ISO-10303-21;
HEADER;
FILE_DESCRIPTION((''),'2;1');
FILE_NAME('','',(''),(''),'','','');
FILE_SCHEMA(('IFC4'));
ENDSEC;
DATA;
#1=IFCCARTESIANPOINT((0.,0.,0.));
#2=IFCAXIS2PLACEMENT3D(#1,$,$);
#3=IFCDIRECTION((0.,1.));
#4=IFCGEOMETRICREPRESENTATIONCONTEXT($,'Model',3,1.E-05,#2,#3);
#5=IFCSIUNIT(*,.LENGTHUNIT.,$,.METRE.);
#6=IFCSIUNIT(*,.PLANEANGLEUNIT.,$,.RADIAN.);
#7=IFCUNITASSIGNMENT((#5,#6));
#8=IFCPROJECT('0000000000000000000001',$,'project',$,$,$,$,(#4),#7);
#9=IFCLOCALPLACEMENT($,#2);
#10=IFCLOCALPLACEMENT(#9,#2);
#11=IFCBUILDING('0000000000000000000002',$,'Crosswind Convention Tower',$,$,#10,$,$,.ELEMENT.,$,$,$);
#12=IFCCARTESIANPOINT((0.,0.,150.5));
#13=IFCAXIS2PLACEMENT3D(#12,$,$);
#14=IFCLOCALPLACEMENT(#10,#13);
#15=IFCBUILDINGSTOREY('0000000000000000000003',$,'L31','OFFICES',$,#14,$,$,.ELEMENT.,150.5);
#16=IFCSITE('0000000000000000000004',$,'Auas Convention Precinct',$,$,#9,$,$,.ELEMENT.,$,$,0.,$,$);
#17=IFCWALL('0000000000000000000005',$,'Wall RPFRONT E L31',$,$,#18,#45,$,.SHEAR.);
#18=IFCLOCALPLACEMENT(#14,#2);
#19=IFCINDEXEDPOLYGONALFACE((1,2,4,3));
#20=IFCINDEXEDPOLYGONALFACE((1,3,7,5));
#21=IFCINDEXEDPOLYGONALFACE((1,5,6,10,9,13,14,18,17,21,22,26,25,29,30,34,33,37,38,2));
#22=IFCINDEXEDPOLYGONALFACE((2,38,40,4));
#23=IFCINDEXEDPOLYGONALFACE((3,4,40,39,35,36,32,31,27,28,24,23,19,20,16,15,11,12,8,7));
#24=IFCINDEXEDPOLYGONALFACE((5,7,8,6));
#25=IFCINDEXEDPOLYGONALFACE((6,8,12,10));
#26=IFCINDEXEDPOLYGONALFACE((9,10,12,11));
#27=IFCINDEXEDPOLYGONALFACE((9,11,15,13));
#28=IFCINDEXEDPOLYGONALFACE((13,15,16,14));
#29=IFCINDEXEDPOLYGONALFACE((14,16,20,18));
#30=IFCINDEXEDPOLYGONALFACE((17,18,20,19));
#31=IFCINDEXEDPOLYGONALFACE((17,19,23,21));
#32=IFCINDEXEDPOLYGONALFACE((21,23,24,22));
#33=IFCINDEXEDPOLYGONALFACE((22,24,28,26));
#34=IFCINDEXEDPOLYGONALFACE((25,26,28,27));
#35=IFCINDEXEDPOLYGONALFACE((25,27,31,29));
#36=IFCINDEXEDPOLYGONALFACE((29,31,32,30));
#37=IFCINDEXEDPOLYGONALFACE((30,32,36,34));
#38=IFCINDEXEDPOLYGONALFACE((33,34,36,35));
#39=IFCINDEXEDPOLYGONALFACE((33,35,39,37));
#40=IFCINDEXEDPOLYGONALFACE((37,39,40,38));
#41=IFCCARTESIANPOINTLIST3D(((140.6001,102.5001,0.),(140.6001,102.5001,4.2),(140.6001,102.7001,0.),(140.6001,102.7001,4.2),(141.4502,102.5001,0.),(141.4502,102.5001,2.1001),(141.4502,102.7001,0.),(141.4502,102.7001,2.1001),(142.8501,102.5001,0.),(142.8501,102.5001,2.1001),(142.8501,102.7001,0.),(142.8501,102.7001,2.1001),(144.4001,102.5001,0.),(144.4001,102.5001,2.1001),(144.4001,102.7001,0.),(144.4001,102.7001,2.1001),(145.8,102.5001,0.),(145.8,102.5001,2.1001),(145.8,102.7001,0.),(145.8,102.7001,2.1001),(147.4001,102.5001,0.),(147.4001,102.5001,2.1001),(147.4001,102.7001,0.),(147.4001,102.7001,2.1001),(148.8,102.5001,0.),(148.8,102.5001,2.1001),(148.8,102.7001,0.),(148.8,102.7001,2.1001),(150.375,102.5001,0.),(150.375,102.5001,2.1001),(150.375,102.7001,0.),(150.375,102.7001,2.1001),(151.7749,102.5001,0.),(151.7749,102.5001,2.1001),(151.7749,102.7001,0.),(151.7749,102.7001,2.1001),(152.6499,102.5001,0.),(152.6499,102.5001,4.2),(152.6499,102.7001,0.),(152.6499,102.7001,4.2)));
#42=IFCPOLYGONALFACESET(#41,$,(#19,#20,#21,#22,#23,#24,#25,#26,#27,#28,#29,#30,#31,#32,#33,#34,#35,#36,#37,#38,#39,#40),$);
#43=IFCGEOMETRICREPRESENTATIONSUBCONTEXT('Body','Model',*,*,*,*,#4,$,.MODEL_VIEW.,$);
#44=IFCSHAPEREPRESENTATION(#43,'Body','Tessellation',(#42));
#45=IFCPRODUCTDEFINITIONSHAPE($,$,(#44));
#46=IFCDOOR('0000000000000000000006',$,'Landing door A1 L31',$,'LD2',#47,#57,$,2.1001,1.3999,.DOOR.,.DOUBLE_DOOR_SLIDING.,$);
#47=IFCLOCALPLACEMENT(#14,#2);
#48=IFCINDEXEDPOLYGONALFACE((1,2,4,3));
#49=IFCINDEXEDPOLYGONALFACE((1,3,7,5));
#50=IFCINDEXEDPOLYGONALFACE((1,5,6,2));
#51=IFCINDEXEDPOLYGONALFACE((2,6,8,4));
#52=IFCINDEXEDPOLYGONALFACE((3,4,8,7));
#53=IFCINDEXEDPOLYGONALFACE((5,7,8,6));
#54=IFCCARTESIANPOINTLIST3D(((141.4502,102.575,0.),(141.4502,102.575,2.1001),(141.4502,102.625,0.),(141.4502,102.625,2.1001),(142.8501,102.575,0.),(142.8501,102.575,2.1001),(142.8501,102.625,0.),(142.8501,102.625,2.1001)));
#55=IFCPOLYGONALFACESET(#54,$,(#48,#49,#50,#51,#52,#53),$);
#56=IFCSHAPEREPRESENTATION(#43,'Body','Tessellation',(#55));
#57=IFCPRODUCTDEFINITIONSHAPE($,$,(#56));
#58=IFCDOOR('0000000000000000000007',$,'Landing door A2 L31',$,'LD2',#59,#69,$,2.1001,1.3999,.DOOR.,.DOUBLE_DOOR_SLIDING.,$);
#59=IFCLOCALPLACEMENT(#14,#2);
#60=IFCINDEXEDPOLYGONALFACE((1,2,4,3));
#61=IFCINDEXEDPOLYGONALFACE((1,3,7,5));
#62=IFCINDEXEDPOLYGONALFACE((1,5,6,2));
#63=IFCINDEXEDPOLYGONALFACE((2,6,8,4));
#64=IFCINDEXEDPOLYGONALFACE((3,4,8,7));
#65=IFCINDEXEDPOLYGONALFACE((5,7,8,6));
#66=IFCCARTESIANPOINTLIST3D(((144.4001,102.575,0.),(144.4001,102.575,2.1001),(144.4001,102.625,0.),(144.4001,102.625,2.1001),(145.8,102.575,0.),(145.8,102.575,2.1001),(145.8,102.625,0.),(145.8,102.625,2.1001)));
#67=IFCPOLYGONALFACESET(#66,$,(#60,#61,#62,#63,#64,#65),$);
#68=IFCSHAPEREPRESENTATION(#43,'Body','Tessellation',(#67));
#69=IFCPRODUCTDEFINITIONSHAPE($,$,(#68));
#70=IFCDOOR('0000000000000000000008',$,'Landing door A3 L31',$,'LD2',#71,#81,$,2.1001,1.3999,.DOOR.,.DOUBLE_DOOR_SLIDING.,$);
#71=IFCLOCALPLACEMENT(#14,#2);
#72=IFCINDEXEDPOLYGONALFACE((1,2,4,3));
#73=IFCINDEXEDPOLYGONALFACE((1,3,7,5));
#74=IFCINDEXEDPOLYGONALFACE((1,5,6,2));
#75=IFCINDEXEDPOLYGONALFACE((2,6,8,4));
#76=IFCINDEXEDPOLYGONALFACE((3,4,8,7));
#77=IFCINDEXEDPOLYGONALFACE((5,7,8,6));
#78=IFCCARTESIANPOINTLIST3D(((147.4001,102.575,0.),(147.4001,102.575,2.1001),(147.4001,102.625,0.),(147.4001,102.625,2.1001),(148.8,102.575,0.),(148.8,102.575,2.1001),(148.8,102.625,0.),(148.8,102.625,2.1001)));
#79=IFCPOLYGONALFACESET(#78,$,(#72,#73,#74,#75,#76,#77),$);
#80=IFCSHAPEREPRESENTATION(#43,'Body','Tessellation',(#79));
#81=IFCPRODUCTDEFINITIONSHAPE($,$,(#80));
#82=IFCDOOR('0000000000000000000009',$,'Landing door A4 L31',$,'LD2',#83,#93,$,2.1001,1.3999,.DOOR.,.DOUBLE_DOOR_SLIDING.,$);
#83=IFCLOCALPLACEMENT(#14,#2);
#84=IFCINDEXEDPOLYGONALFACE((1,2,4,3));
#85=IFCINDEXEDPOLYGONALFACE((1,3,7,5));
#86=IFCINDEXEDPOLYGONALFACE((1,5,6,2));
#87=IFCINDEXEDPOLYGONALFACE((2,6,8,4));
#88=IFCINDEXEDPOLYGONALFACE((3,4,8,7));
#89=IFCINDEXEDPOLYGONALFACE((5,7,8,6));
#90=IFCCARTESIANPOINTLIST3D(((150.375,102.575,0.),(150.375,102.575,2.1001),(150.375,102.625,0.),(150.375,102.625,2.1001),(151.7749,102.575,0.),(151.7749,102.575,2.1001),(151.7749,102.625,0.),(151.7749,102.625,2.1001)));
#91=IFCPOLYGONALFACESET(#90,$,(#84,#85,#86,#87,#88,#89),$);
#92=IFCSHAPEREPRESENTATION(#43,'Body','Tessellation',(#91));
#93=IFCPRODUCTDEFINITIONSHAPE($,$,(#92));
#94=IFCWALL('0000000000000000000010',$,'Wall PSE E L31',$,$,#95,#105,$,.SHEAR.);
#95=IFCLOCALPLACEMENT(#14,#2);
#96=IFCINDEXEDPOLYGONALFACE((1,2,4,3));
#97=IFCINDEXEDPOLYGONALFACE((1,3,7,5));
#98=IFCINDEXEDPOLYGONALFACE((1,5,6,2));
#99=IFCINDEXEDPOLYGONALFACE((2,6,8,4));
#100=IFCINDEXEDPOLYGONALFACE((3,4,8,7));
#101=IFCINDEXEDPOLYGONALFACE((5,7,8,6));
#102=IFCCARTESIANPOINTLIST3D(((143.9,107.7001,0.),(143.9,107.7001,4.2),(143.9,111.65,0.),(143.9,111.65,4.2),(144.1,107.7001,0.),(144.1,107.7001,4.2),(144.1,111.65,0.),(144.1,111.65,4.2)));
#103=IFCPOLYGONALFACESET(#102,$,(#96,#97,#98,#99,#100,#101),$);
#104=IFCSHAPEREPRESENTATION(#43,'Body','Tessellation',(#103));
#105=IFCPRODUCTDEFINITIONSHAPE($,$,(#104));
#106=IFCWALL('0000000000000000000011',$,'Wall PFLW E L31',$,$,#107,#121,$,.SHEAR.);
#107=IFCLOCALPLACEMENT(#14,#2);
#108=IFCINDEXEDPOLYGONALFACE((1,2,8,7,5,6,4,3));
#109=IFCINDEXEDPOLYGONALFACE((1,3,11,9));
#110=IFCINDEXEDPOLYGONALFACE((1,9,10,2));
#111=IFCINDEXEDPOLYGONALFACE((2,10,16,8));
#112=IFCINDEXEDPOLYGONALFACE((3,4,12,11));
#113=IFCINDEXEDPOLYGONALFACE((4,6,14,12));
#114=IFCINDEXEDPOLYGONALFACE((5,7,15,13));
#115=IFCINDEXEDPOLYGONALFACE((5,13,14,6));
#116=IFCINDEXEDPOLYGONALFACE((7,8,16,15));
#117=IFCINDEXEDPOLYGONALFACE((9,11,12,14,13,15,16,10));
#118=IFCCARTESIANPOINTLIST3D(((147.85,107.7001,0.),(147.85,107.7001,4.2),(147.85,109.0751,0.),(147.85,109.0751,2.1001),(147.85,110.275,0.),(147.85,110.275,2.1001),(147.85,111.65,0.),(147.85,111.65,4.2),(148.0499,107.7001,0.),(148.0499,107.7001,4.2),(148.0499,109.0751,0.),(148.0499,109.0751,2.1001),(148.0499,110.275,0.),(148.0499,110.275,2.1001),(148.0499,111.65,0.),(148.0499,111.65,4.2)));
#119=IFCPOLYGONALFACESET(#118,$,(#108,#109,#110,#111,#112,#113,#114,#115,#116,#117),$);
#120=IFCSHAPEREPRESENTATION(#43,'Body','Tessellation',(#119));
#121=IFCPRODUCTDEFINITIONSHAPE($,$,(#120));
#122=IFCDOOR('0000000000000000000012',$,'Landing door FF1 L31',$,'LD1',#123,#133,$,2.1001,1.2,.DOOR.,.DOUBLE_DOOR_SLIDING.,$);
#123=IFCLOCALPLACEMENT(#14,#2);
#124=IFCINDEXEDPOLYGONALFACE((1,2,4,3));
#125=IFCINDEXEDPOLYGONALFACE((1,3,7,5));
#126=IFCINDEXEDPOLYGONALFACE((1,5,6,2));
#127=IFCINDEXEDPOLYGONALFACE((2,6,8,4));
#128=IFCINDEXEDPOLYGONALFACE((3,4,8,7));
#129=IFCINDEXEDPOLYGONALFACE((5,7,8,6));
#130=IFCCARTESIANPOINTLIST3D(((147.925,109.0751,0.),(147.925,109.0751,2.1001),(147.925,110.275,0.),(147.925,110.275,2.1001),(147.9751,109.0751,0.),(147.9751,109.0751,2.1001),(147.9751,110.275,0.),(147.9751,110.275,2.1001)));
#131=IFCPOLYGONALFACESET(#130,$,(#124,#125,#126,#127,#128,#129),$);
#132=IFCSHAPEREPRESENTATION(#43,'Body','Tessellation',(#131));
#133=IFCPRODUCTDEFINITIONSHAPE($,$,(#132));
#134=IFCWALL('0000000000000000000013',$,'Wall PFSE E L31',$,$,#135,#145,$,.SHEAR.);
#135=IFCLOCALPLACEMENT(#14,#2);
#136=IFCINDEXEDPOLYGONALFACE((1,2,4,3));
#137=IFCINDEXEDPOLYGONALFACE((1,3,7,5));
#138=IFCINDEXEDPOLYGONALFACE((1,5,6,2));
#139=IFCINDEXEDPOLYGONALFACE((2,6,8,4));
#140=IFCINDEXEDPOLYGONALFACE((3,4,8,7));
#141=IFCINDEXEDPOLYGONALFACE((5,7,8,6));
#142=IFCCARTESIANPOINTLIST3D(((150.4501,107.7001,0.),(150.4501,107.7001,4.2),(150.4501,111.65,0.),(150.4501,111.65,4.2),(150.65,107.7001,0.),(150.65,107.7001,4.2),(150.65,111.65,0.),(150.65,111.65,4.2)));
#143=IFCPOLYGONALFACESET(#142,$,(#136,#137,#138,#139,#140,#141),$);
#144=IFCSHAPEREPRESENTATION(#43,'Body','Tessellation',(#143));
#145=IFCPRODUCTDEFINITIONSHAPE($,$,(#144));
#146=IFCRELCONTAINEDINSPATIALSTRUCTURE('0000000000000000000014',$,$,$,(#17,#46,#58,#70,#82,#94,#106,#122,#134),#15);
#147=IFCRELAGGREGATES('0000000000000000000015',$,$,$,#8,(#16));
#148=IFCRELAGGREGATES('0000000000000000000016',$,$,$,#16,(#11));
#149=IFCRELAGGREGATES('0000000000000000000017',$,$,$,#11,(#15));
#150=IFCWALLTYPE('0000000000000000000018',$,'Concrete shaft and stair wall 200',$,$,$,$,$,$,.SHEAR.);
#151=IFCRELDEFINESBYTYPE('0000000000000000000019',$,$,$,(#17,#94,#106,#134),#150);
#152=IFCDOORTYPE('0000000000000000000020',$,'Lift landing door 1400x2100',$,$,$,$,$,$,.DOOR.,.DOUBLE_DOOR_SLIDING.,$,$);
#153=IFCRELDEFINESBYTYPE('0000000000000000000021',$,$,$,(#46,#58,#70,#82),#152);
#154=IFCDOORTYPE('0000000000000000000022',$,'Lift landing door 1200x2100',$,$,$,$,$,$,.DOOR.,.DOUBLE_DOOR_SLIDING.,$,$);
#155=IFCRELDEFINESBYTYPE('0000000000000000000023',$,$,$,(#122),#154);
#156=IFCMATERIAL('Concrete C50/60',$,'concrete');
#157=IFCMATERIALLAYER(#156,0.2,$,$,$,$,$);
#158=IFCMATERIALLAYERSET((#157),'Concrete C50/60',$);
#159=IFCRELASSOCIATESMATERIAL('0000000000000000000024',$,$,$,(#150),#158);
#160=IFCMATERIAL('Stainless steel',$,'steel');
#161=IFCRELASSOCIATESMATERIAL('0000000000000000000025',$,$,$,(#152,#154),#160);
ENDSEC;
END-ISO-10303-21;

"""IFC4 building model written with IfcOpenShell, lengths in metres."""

from ifc_helpers import new_model, si_unit, direction, frame, frame_2d, origin, place, context, subcontext, project, spatial, rectangle, extrude, material, layer, layer_set, type_object, element, fill, save


model = new_model("IFC4")

# Units and contexts
model_context = context("Model", 3, precision=1e-05, world=origin(), true_north=direction((0.0, 1.0)))
body_context = subcontext(model_context, "Body", "Model", "MODEL_VIEW")
ifc_project = project(units=[si_unit("LENGTHUNIT", "METRE"), si_unit("PLANEANGLEUNIT", "RADIAN")], contexts=[model_context])

# Site, building, storey
site_placement = place(None, origin())
site = spatial("IfcSite", under=ifc_project, at=site_placement, Name="Auas Convention Precinct", CompositionType="ELEMENT", RefElevation=0.0)
building_placement = place(site_placement, origin())
building = spatial("IfcBuilding", under=site, at=building_placement, Name="Crosswind Convention Tower", CompositionType="ELEMENT")
storey_placement = place(building_placement, frame((0.0, 0.0, 150.5)))
storey = spatial("IfcBuildingStorey", under=building, at=storey_placement, Name="L31", Description="OFFICES", CompositionType="ELEMENT", Elevation=150.5)

# Shared definitions
ifc_material_1 = material(Name="Concrete C50/60", Category="concrete")
ifc_layer_1 = layer(ifc_material_1, 0.2)
ifc_layer_set_1 = layer_set([ifc_layer_1], Name="Concrete C50/60")
wall_type_1 = type_object("IfcWallType", Name="Concrete shaft and stair wall 200", PredefinedType="SHEAR", material=ifc_layer_set_1)

# Wall, openings, doors
wall_1_placement = place(storey_placement, frame((140.6001, 102.6001, 0.0), z_axis=(0.0, 0.0, 1.0), x_axis=(1.0, 0.0, 0.0)))
wall_1 = element("IfcWall", 1, at=wall_1_placement, inside=storey, type_object=wall_type_1, Name="Wall RPFRONT E L31", PredefinedType="SHEAR", context=body_context, shape_type="SweptSolid", body=[
    extrude(rectangle(XDim=12.0498, YDim=0.2, at=frame_2d((6.0249, 0.0))), origin(), (0.0, 0.0, 1.0), 4.2),
])
opening_1_placement = place(wall_1_placement, frame((0.8501, 0.0, 0.0)))
opening_1 = element("IfcOpeningElement", 2, at=opening_1_placement, cuts=wall_1, PredefinedType="OPENING", context=body_context, shape_type="SweptSolid", body=[
    extrude(rectangle(XDim=1.3999, YDim=2.1001, at=frame_2d((0.7, 1.05))), frame((0.0, 0.1099, 0.0), z_axis=(0.0, -1.0, 0.0), x_axis=(1.0, 0.0, 0.0)), (0.0, 0.0, 1.0), 0.22),
])
opening_2_placement = place(wall_1_placement, frame((3.8, 0.0, 0.0)))
opening_2 = element("IfcOpeningElement", 3, at=opening_2_placement, cuts=wall_1, PredefinedType="OPENING", context=body_context, shape_type="SweptSolid", body=[
    extrude(rectangle(XDim=1.3999, YDim=2.1001, at=frame_2d((0.7, 1.05))), frame((0.0, 0.1099, 0.0), z_axis=(0.0, -1.0, 0.0), x_axis=(1.0, 0.0, 0.0)), (0.0, 0.0, 1.0), 0.22),
])
opening_3_placement = place(wall_1_placement, frame((6.8, 0.0, 0.0)))
opening_3 = element("IfcOpeningElement", 4, at=opening_3_placement, cuts=wall_1, PredefinedType="OPENING", context=body_context, shape_type="SweptSolid", body=[
    extrude(rectangle(XDim=1.3999, YDim=2.1001, at=frame_2d((0.7, 1.05))), frame((0.0, 0.1099, 0.0), z_axis=(0.0, -1.0, 0.0), x_axis=(1.0, 0.0, 0.0)), (0.0, 0.0, 1.0), 0.22),
])
opening_4_placement = place(wall_1_placement, frame((9.7749, 0.0, 0.0)))
opening_4 = element("IfcOpeningElement", 5, at=opening_4_placement, cuts=wall_1, PredefinedType="OPENING", context=body_context, shape_type="SweptSolid", body=[
    extrude(rectangle(XDim=1.3999, YDim=2.1001, at=frame_2d((0.7, 1.05))), frame((0.0, 0.1099, 0.0), z_axis=(0.0, -1.0, 0.0), x_axis=(1.0, 0.0, 0.0)), (0.0, 0.0, 1.0), 0.22),
])
ifc_material_2 = material(Name="Stainless steel", Category="steel")
door_type_1 = type_object("IfcDoorType", Name="Lift landing door 1400x2100", OperationType="DOUBLE_DOOR_SLIDING", PredefinedType="DOOR", material=ifc_material_2)
door_1_placement = place(opening_1_placement, origin())
door_1 = element("IfcDoor", 6, at=door_1_placement, inside=storey, type_object=door_type_1, Name="Landing door A1 L31", ObjectType="LD2", OperationType="DOUBLE_DOOR_SLIDING", OverallHeight=2.1001, OverallWidth=1.3999, PredefinedType="DOOR", context=body_context, shape_type="SweptSolid", body=[
    extrude(rectangle(XDim=1.3999, YDim=2.1001, at=frame_2d((0.7, 1.05))), frame((0.0, 0.0249, 0.0), z_axis=(0.0, -1.0, 0.0), x_axis=(1.0, 0.0, 0.0)), (0.0, 0.0, 1.0), 0.05),
])
fill(opening_1, door_1)
door_2_placement = place(opening_2_placement, origin())
door_2 = element("IfcDoor", 7, at=door_2_placement, inside=storey, type_object=door_type_1, Name="Landing door A2 L31", ObjectType="LD2", OperationType="DOUBLE_DOOR_SLIDING", OverallHeight=2.1001, OverallWidth=1.3999, PredefinedType="DOOR", context=body_context, shape_type="SweptSolid", body=[
    extrude(rectangle(XDim=1.3999, YDim=2.1001, at=frame_2d((0.7, 1.05))), frame((0.0, 0.0249, 0.0), z_axis=(0.0, -1.0, 0.0), x_axis=(1.0, 0.0, 0.0)), (0.0, 0.0, 1.0), 0.05),
])
fill(opening_2, door_2)
door_3_placement = place(opening_3_placement, origin())
door_3 = element("IfcDoor", 8, at=door_3_placement, inside=storey, type_object=door_type_1, Name="Landing door A3 L31", ObjectType="LD2", OperationType="DOUBLE_DOOR_SLIDING", OverallHeight=2.1001, OverallWidth=1.3999, PredefinedType="DOOR", context=body_context, shape_type="SweptSolid", body=[
    extrude(rectangle(XDim=1.3999, YDim=2.1001, at=frame_2d((0.7, 1.05))), frame((0.0, 0.0249, 0.0), z_axis=(0.0, -1.0, 0.0), x_axis=(1.0, 0.0, 0.0)), (0.0, 0.0, 1.0), 0.05),
])
fill(opening_3, door_3)
door_4_placement = place(opening_4_placement, origin())
door_4 = element("IfcDoor", 9, at=door_4_placement, inside=storey, type_object=door_type_1, Name="Landing door A4 L31", ObjectType="LD2", OperationType="DOUBLE_DOOR_SLIDING", OverallHeight=2.1001, OverallWidth=1.3999, PredefinedType="DOOR", context=body_context, shape_type="SweptSolid", body=[
    extrude(rectangle(XDim=1.3999, YDim=2.1001, at=frame_2d((0.7, 1.05))), frame((0.0, 0.0249, 0.0), z_axis=(0.0, -1.0, 0.0), x_axis=(1.0, 0.0, 0.0)), (0.0, 0.0, 1.0), 0.05),
])
fill(opening_4, door_4)

# Wall
wall_2_placement = place(storey_placement, frame((144.0, 107.7, 0.0), z_axis=(0.0, 0.0, 1.0), x_axis=(0.0, 1.0, 0.0)))
element("IfcWall", 10, at=wall_2_placement, inside=storey, type_object=wall_type_1, Name="Wall PSE E L31", PredefinedType="SHEAR", context=body_context, shape_type="SweptSolid", body=[
    extrude(rectangle(XDim=3.95, YDim=0.2, at=frame_2d((1.9751, 0.0))), origin(), (0.0, 0.0, 1.0), 4.2),
])

# Wall, opening, door
wall_3_placement = place(storey_placement, frame((147.95, 107.7, 0.0), z_axis=(0.0, 0.0, 1.0), x_axis=(0.0, 1.0, 0.0)))
wall_3 = element("IfcWall", 11, at=wall_3_placement, inside=storey, type_object=wall_type_1, Name="Wall PFLW E L31", PredefinedType="SHEAR", context=body_context, shape_type="SweptSolid", body=[
    extrude(rectangle(XDim=3.95, YDim=0.2, at=frame_2d((1.9751, 0.0))), origin(), (0.0, 0.0, 1.0), 4.2),
])
opening_5_placement = place(wall_3_placement, frame((1.375, 0.0, 0.0)))
opening_5 = element("IfcOpeningElement", 12, at=opening_5_placement, cuts=wall_3, PredefinedType="OPENING", context=body_context, shape_type="SweptSolid", body=[
    extrude(rectangle(XDim=1.2, YDim=2.1001, at=frame_2d((0.6001, 1.05))), frame((0.0, 0.1099, 0.0), z_axis=(0.0, -1.0, 0.0), x_axis=(1.0, 0.0, 0.0)), (0.0, 0.0, 1.0), 0.22),
])
door_type_2 = type_object("IfcDoorType", Name="Lift landing door 1200x2100", OperationType="DOUBLE_DOOR_SLIDING", PredefinedType="DOOR", material=ifc_material_2)
door_5_placement = place(opening_5_placement, origin())
door_5 = element("IfcDoor", 13, at=door_5_placement, inside=storey, type_object=door_type_2, Name="Landing door FF1 L31", ObjectType="LD1", OperationType="DOUBLE_DOOR_SLIDING", OverallHeight=2.1001, OverallWidth=1.2, PredefinedType="DOOR", context=body_context, shape_type="SweptSolid", body=[
    extrude(rectangle(XDim=1.2, YDim=2.1001, at=frame_2d((0.6001, 1.05))), frame((0.0, 0.0249, 0.0), z_axis=(0.0, -1.0, 0.0), x_axis=(1.0, 0.0, 0.0)), (0.0, 0.0, 1.0), 0.05),
])
fill(opening_5, door_5)

# Wall
wall_4_placement = place(storey_placement, frame((150.55, 107.7, 0.0), z_axis=(0.0, 0.0, 1.0), x_axis=(0.0, 1.0, 0.0)))
element("IfcWall", 14, at=wall_4_placement, inside=storey, type_object=wall_type_1, Name="Wall PFSE E L31", PredefinedType="SHEAR", context=body_context, shape_type="SweptSolid", body=[
    extrude(rectangle(XDim=3.95, YDim=0.2, at=frame_2d((1.9751, 0.0))), origin(), (0.0, 0.0, 1.0), 4.2),
])

save(model, "model.ifc")
